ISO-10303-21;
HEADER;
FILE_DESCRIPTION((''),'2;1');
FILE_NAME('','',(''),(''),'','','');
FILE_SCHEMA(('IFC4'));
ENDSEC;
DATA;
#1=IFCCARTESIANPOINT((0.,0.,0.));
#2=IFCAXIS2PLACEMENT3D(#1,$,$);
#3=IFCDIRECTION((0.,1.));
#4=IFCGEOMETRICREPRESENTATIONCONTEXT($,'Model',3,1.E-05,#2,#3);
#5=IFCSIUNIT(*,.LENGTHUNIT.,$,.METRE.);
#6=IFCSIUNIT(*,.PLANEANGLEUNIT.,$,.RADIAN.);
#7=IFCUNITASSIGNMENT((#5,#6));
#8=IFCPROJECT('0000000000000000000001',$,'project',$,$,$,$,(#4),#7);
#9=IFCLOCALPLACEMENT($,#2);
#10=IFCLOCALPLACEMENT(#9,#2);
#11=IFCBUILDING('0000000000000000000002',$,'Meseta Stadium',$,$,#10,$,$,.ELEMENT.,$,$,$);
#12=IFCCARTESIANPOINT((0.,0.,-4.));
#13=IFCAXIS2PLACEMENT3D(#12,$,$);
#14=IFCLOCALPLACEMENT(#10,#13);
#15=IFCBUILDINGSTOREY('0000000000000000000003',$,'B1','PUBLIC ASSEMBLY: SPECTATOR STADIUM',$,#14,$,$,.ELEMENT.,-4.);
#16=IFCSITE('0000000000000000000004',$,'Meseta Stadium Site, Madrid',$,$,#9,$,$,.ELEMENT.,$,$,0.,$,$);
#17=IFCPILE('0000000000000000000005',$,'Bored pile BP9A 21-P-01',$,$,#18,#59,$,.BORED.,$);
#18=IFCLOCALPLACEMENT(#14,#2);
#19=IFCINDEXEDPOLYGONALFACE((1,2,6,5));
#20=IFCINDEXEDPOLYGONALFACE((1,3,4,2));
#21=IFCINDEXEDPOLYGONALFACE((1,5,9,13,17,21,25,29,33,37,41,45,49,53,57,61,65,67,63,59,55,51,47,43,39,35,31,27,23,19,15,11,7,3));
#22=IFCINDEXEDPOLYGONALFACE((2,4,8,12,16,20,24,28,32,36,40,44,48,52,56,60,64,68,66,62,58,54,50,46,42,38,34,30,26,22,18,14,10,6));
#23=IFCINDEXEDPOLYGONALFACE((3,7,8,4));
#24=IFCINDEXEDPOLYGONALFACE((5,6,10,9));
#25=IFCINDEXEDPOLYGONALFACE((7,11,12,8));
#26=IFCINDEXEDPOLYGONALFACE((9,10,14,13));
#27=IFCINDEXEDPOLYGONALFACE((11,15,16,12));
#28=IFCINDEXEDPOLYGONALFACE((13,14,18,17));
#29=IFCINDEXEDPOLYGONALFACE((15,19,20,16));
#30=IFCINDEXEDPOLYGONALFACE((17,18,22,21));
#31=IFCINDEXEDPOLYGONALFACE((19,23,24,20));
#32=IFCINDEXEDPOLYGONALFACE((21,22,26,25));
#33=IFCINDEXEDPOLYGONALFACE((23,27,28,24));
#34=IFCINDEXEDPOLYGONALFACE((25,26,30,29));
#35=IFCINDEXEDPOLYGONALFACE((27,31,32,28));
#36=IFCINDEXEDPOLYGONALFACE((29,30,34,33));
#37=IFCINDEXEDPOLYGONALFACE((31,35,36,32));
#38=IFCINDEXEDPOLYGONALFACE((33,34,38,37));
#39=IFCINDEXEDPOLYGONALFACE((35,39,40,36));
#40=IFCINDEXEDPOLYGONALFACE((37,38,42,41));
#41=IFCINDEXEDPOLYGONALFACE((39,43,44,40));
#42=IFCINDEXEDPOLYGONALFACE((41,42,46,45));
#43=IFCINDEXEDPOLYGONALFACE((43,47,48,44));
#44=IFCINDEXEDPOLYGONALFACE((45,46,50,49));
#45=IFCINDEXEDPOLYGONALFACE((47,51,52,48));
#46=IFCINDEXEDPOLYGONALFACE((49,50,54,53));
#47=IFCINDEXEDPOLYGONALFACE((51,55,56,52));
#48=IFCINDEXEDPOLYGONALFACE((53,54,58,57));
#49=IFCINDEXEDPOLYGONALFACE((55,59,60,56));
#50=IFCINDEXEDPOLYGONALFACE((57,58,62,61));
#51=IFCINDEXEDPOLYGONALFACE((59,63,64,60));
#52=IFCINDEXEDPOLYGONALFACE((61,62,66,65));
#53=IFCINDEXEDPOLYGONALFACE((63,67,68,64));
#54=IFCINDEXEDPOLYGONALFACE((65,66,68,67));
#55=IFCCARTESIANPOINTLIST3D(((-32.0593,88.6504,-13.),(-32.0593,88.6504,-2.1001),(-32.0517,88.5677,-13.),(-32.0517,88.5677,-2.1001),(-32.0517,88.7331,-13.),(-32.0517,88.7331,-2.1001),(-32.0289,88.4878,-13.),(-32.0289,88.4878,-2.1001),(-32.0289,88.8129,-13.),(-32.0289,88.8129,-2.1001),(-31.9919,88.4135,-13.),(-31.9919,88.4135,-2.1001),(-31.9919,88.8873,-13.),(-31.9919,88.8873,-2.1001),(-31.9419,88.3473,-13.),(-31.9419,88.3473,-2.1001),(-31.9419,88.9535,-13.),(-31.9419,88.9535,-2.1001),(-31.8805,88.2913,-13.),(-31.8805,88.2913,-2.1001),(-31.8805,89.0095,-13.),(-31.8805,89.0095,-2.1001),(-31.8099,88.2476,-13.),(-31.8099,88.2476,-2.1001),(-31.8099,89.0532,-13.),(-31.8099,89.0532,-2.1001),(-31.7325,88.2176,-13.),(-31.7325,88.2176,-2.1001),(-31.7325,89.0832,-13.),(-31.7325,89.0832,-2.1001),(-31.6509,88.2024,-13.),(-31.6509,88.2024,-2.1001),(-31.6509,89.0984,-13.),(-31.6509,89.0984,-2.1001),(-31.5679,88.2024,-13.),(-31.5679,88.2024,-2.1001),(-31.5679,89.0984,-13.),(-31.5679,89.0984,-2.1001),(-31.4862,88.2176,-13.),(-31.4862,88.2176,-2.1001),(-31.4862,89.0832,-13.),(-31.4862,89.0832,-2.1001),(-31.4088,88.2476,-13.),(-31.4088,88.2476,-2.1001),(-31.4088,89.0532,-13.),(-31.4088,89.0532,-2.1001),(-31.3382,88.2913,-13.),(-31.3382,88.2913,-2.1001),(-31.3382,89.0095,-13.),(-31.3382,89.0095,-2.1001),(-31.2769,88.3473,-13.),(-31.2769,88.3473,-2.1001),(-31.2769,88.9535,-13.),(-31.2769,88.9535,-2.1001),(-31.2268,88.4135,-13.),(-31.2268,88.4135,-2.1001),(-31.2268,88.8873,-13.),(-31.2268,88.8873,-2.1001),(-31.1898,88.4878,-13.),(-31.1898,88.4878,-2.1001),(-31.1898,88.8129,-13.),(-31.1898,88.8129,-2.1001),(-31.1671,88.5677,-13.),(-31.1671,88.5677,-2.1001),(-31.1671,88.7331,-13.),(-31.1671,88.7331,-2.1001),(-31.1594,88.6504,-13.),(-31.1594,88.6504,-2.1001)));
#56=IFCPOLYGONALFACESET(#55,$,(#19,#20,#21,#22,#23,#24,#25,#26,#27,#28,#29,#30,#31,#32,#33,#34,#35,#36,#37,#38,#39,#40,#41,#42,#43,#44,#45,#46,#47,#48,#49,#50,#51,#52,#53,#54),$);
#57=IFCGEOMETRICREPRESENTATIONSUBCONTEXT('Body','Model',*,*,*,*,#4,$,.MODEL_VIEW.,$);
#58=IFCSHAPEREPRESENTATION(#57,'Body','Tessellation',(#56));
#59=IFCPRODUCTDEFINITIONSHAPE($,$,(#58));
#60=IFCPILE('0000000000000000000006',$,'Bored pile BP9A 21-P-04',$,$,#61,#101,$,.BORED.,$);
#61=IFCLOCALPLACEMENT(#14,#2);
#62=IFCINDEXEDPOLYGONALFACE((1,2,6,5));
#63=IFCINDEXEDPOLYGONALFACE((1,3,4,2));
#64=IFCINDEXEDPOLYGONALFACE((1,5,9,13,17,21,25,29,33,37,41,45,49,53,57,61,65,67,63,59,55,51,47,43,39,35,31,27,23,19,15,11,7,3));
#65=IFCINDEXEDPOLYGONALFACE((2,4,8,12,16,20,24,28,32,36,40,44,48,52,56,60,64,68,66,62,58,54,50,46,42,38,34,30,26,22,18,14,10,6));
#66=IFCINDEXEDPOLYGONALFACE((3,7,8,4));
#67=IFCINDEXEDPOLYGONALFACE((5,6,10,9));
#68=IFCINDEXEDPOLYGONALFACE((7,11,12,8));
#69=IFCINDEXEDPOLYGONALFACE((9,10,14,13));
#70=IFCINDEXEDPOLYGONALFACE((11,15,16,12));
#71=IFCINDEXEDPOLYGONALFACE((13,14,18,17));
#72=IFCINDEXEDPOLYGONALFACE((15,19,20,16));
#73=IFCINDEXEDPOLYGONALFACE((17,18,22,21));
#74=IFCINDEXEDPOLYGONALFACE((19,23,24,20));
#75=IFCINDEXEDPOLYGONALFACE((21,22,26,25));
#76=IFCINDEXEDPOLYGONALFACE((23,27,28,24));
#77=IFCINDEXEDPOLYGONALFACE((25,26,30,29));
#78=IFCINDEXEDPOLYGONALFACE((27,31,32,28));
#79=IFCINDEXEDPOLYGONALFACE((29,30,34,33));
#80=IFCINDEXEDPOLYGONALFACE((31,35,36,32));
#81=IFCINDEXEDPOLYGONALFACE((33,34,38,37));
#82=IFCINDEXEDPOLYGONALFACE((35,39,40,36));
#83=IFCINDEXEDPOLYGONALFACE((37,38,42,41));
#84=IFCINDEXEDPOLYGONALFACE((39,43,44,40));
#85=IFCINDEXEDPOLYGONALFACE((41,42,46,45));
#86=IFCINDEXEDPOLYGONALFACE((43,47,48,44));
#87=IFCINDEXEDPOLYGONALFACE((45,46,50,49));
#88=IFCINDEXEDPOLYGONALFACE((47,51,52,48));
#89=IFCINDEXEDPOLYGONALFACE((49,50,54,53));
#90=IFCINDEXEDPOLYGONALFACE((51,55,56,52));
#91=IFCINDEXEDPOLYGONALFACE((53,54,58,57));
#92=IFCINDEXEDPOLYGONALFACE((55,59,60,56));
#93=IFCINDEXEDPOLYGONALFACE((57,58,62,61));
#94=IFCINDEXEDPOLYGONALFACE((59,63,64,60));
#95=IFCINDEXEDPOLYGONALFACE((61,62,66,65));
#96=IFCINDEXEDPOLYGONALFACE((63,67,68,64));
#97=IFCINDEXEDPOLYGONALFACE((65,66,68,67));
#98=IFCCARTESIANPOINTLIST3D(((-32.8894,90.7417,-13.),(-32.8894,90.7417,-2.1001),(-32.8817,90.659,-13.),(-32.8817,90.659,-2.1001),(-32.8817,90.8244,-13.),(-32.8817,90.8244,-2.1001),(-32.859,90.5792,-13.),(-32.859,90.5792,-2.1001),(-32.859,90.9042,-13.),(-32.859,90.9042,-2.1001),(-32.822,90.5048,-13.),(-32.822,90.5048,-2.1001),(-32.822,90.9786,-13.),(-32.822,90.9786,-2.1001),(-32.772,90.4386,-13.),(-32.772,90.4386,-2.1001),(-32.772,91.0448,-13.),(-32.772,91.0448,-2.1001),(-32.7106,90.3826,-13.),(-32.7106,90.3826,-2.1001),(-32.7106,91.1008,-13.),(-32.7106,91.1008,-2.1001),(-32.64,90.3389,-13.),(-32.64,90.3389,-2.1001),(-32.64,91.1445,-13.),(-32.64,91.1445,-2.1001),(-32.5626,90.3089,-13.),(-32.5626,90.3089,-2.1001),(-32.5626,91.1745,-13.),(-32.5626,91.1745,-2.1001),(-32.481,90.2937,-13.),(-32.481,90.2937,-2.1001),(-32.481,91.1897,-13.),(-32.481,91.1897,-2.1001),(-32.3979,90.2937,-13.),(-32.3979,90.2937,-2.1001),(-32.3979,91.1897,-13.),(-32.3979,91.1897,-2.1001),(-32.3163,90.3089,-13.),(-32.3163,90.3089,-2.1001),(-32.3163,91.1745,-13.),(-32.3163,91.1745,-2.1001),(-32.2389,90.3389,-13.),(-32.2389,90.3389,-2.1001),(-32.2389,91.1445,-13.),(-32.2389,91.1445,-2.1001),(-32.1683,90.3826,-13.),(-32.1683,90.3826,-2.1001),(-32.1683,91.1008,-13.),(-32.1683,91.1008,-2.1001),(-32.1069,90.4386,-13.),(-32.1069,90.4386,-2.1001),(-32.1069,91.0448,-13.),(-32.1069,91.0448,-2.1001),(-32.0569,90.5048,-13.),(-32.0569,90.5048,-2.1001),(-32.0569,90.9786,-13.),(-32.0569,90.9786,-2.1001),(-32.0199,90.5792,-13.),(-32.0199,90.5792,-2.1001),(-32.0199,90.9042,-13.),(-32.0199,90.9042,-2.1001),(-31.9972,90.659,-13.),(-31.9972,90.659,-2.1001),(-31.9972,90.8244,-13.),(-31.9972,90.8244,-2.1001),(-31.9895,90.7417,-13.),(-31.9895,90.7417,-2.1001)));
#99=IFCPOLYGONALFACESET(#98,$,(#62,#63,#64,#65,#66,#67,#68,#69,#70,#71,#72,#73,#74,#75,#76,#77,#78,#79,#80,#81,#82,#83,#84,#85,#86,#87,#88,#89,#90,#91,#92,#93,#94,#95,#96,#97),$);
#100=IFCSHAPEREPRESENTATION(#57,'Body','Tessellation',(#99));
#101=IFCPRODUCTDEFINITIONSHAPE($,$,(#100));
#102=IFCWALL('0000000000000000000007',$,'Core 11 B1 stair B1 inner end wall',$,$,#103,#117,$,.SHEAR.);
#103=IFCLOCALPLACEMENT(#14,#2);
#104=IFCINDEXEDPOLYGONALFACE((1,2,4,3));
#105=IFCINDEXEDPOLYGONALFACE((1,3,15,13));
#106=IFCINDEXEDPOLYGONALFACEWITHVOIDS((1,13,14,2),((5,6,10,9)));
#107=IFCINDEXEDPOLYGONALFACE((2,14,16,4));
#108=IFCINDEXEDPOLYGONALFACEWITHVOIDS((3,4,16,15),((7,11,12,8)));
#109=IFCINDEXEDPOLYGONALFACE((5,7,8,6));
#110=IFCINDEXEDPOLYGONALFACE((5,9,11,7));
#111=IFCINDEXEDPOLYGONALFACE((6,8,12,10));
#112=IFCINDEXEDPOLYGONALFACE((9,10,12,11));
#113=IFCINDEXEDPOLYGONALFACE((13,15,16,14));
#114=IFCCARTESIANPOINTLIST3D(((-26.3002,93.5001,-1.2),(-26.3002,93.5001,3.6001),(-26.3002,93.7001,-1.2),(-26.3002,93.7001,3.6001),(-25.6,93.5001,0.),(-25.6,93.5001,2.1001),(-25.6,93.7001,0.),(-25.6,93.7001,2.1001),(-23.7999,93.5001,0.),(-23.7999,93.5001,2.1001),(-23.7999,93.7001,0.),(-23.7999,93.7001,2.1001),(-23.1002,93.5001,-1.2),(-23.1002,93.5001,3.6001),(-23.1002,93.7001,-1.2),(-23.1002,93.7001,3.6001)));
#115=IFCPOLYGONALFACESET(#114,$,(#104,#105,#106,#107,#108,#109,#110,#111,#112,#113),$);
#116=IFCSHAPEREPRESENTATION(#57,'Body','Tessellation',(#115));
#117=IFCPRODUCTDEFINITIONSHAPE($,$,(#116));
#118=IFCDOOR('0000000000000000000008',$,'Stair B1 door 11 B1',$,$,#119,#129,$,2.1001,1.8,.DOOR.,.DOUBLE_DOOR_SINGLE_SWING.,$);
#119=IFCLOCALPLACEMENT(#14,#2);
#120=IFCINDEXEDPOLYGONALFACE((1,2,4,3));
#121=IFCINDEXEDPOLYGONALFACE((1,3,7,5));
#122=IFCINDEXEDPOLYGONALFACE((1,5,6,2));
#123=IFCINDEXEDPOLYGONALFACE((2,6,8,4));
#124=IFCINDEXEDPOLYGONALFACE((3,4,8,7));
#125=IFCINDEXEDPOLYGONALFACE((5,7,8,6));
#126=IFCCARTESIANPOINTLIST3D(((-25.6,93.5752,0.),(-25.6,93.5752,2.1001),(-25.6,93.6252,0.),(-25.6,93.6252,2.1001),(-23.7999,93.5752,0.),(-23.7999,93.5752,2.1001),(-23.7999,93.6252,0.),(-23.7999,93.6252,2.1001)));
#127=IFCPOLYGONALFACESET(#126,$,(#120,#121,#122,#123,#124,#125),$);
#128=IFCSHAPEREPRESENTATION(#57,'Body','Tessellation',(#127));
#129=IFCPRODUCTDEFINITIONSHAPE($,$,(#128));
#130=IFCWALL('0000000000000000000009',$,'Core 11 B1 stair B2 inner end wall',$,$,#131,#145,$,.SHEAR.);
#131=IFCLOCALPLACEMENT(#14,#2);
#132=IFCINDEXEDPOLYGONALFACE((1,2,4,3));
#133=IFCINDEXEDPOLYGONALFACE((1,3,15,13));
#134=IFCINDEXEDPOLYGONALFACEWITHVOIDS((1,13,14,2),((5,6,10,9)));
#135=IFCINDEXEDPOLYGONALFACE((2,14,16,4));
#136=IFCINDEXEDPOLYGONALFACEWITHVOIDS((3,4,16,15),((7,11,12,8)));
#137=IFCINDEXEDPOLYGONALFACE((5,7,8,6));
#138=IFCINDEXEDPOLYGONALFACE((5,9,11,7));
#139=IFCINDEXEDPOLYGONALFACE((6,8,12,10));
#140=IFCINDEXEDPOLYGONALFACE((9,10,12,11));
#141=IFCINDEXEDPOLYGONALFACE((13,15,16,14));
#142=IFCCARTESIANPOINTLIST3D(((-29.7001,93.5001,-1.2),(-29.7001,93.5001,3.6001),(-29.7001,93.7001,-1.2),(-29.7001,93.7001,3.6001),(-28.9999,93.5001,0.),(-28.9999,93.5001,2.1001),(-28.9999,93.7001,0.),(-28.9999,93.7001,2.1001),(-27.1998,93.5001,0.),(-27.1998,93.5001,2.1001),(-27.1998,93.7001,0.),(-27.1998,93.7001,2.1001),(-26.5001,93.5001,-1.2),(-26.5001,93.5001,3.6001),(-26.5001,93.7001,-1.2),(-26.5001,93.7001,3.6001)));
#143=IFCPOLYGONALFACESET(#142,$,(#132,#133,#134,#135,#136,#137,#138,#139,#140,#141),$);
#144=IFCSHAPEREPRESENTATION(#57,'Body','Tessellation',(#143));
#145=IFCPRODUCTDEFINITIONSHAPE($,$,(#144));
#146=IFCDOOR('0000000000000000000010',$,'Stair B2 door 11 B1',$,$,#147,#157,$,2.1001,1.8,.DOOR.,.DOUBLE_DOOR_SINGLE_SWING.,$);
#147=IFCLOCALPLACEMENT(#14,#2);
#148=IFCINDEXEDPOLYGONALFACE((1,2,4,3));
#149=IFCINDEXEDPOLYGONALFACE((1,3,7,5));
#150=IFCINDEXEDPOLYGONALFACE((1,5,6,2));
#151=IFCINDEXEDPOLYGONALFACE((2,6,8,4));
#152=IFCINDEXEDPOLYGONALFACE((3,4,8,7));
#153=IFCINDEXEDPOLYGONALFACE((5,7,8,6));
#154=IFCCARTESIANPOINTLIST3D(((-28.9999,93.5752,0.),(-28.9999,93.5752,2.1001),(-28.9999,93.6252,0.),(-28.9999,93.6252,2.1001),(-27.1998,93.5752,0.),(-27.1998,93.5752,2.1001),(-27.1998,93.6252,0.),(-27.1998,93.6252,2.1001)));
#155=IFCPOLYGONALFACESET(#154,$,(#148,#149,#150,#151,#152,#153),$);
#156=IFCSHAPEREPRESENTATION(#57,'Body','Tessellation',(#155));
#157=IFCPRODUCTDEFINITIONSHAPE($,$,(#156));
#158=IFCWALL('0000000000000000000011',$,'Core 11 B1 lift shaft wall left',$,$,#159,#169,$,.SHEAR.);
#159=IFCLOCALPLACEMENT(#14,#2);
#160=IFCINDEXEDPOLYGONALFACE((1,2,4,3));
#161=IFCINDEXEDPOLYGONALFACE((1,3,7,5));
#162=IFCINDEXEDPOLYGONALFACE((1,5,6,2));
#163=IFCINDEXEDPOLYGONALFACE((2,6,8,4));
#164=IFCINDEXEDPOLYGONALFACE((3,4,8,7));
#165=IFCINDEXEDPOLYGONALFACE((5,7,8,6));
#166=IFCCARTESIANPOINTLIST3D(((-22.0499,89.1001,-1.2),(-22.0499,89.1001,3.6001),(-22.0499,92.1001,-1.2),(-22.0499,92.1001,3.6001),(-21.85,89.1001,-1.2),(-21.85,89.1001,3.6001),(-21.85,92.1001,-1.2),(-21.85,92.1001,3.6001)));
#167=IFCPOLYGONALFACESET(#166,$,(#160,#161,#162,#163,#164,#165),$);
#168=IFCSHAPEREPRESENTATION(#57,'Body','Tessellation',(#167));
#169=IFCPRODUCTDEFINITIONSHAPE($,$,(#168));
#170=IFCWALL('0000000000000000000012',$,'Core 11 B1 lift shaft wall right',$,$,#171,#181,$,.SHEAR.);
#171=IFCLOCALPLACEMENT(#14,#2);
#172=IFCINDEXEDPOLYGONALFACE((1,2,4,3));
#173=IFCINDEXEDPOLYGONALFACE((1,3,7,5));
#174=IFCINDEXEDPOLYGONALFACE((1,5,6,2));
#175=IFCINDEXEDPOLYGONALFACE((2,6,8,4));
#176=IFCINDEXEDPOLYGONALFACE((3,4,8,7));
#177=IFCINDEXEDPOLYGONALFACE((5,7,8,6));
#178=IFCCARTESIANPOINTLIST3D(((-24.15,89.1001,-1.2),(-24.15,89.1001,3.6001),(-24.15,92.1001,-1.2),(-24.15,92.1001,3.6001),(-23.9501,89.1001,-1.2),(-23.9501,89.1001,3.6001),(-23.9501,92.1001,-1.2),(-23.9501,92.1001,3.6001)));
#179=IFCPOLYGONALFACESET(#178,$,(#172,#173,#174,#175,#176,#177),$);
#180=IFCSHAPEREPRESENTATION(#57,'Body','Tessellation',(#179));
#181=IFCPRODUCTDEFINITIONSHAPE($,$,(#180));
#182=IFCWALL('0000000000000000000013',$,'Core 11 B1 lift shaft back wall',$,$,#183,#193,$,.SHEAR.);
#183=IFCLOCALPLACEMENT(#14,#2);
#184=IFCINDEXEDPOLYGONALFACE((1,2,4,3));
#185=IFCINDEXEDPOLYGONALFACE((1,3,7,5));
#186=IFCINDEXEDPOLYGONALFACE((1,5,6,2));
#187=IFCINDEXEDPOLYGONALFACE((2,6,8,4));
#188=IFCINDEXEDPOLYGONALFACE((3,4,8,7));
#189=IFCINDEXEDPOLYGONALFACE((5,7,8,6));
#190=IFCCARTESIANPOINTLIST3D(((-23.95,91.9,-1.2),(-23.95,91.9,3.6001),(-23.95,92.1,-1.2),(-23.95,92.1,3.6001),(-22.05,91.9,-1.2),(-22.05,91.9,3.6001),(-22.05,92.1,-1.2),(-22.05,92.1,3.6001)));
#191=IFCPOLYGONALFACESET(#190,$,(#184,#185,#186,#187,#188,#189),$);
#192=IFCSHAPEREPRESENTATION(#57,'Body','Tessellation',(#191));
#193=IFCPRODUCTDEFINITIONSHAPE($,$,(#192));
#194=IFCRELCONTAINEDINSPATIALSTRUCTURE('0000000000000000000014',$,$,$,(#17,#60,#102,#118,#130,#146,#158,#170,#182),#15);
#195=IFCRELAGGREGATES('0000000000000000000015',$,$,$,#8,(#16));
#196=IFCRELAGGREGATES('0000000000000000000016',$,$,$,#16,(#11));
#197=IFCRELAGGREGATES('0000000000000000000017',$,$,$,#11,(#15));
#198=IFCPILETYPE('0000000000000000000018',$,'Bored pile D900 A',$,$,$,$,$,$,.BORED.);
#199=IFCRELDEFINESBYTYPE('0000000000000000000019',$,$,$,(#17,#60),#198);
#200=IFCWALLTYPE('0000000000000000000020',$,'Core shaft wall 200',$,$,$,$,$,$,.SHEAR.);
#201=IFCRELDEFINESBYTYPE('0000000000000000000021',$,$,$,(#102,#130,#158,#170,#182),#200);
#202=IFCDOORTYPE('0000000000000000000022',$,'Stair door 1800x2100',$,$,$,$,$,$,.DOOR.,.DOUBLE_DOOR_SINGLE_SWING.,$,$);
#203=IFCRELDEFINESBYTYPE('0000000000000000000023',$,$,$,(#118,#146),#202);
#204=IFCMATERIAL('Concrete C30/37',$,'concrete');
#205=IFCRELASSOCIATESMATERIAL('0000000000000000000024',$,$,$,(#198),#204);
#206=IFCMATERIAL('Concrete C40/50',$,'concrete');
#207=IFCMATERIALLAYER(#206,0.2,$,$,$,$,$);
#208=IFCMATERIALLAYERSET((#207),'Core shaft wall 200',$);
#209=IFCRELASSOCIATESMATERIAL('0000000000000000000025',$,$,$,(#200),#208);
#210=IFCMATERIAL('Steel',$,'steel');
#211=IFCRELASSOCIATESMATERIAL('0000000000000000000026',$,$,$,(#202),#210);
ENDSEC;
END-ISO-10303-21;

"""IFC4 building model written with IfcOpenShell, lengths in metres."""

from ifc_helpers import new_model, si_unit, direction, frame, frame_2d, origin, origin_2d, place, context, subcontext, project, spatial, rectangle, circle, extrude, material, layer, layer_set, material_profile, profile_set, type_object, element, fill, save


model = new_model("IFC4")

# Units and contexts
model_context = context("Model", 3, precision=1e-05, world=origin(), true_north=direction((0.0, 1.0)))
body_context = subcontext(model_context, "Body", "Model", "MODEL_VIEW")
ifc_project = project(units=[si_unit("LENGTHUNIT", "METRE"), si_unit("PLANEANGLEUNIT", "RADIAN")], contexts=[model_context])

# Site, building, storey
site_placement = place(None, origin())
site = spatial("IfcSite", under=ifc_project, at=site_placement, Name="Meseta Stadium Site, Madrid", CompositionType="ELEMENT", RefElevation=0.0)
building_placement = place(site_placement, origin())
building = spatial("IfcBuilding", under=site, at=building_placement, Name="Meseta Stadium", CompositionType="ELEMENT")
storey_placement = place(building_placement, frame((0.0, 0.0, -4.0)))
storey = spatial("IfcBuildingStorey", under=building, at=storey_placement, Name="B1", Description="PUBLIC ASSEMBLY: SPECTATOR STADIUM", CompositionType="ELEMENT", Elevation=-4.0)

# Piles
ifc_material_1 = material(Name="Concrete C30/37", Category="concrete")
ifc_material_profile = material_profile(ifc_material_1, circle(Radius=0.45, at=origin_2d()), Name="D900")
ifc_profile_set = profile_set([ifc_material_profile], Name="Concrete C30/37")
pile_type = type_object("IfcPileType", Name="Bored pile D900 A", PredefinedType="BORED", material=ifc_profile_set)
for number, where, z_axis, x_axis, name in (
    (1, (-31.6094, 88.6504, -2.1001), (0.0, 0.0, -1.0), (1.0, 0.0, 0.0), "Bored pile BP9A 21-P-01"),
    (2, (-32.4395, 90.7417, -2.1001), (0.0, 0.0, -1.0), (1.0, 0.0, 0.0), "Bored pile BP9A 21-P-04"),
):
    element("IfcPile", number, at=place(storey_placement, frame(where, z_axis=z_axis, x_axis=x_axis)), inside=storey, type_object=pile_type, Name=name, PredefinedType="BORED", context=body_context, shape_type="SweptSolid", body=[
        extrude(circle(Radius=0.45, at=origin_2d()), origin(), (0.0, 0.0, 1.0), 10.8999),
    ])

# Walls, openings, doors
ifc_material_2 = material(Name="Concrete C40/50", Category="concrete")
ifc_layer_1 = layer(ifc_material_2, 0.2)
ifc_layer_set_1 = layer_set([ifc_layer_1], Name="Core shaft wall 200")
wall_type_1 = type_object("IfcWallType", Name="Core shaft wall 200", PredefinedType="SHEAR", material=ifc_layer_set_1)
wall_1_placement = place(storey_placement, frame((-23.1001, 93.6001, -1.2), z_axis=(0.0, 0.0, 1.0), x_axis=(-1.0, 0.0, 0.0)))
wall_1 = element("IfcWall", 3, at=wall_1_placement, inside=storey, type_object=wall_type_1, Name="Core 11 B1 stair B1 inner end wall", PredefinedType="SHEAR", context=body_context, shape_type="SweptSolid", body=[
    extrude(rectangle(XDim=3.2, YDim=0.2, at=frame_2d((1.6001, 0.0))), origin(), (0.0, 0.0, 1.0), 4.8),
])
opening_1_placement = place(wall_1_placement, frame((0.7, 0.0, 1.2)))
opening_1 = element("IfcOpeningElement", 4, at=opening_1_placement, cuts=wall_1, PredefinedType="OPENING", context=body_context, shape_type="SweptSolid", body=[
    extrude(rectangle(XDim=1.8, YDim=2.1001, at=frame_2d((0.8999, 1.05))), frame((0.0, 0.1099, 0.0), z_axis=(0.0, -1.0, 0.0), x_axis=(1.0, 0.0, 0.0)), (0.0, 0.0, 1.0), 0.22),
])
ifc_material_3 = material(Name="Steel", Category="steel")
door_type_1 = type_object("IfcDoorType", Name="Stair door 1800x2100", OperationType="DOUBLE_DOOR_SINGLE_SWING", PredefinedType="DOOR", material=ifc_material_3)
door_1_placement = place(opening_1_placement, origin())
door_1 = element("IfcDoor", 5, at=door_1_placement, inside=storey, type_object=door_type_1, Name="Stair B1 door 11 B1", OperationType="DOUBLE_DOOR_SINGLE_SWING", OverallHeight=2.1001, OverallWidth=1.8, PredefinedType="DOOR", context=body_context, shape_type="SweptSolid", body=[
    extrude(rectangle(XDim=1.8, YDim=2.1001, at=frame_2d((0.8999, 1.05))), frame((0.0, 0.0249, 0.0), z_axis=(0.0, -1.0, 0.0), x_axis=(1.0, 0.0, 0.0)), (0.0, 0.0, 1.0), 0.05),
])
fill(opening_1, door_1)
wall_2_placement = place(storey_placement, frame((-26.5, 93.6001, -1.2), z_axis=(0.0, 0.0, 1.0), x_axis=(-1.0, 0.0, 0.0)))
wall_2 = element("IfcWall", 6, at=wall_2_placement, inside=storey, type_object=wall_type_1, Name="Core 11 B1 stair B2 inner end wall", PredefinedType="SHEAR", context=body_context, shape_type="SweptSolid", body=[
    extrude(rectangle(XDim=3.2, YDim=0.2, at=frame_2d((1.6001, 0.0))), origin(), (0.0, 0.0, 1.0), 4.8),
])
opening_2_placement = place(wall_2_placement, frame((0.7, 0.0, 1.2)))
opening_2 = element("IfcOpeningElement", 7, at=opening_2_placement, cuts=wall_2, PredefinedType="OPENING", context=body_context, shape_type="SweptSolid", body=[
    extrude(rectangle(XDim=1.8, YDim=2.1001, at=frame_2d((0.8999, 1.05))), frame((0.0, 0.1099, 0.0), z_axis=(0.0, -1.0, 0.0), x_axis=(1.0, 0.0, 0.0)), (0.0, 0.0, 1.0), 0.22),
])
door_2_placement = place(opening_2_placement, origin())
door_2 = element("IfcDoor", 8, at=door_2_placement, inside=storey, type_object=door_type_1, Name="Stair B2 door 11 B1", OperationType="DOUBLE_DOOR_SINGLE_SWING", OverallHeight=2.1001, OverallWidth=1.8, PredefinedType="DOOR", context=body_context, shape_type="SweptSolid", body=[
    extrude(rectangle(XDim=1.8, YDim=2.1001, at=frame_2d((0.8999, 1.05))), frame((0.0, 0.0249, 0.0), z_axis=(0.0, -1.0, 0.0), x_axis=(1.0, 0.0, 0.0)), (0.0, 0.0, 1.0), 0.05),
])
fill(opening_2, door_2)

# Walls
for number, where, z_axis, x_axis, name in (
    (9, (-21.95, 92.1001, -1.2), (0.0, 0.0, 1.0), (0.0, -1.0, 0.0), "Core 11 B1 lift shaft wall left"),
    (10, (-24.05, 92.1001, -1.2), (0.0, 0.0, 1.0), (0.0, -1.0, 0.0), "Core 11 B1 lift shaft wall right"),
):
    element("IfcWall", number, at=place(storey_placement, frame(where, z_axis=z_axis, x_axis=x_axis)), inside=storey, type_object=wall_type_1, Name=name, PredefinedType="SHEAR", context=body_context, shape_type="SweptSolid", body=[
        extrude(rectangle(XDim=3.0, YDim=0.2, at=frame_2d((1.5, 0.0))), origin(), (0.0, 0.0, 1.0), 4.8),
    ])
wall_3_placement = place(storey_placement, frame((-22.05, 92.0, -1.2), z_axis=(0.0, 0.0, 1.0), x_axis=(-1.0, 0.0, 0.0)))
element("IfcWall", 11, at=wall_3_placement, inside=storey, type_object=wall_type_1, Name="Core 11 B1 lift shaft back wall", PredefinedType="SHEAR", context=body_context, shape_type="SweptSolid", body=[
    extrude(rectangle(XDim=1.8999, YDim=0.2, at=frame_2d((0.95, 0.0))), origin(), (0.0, 0.0, 1.0), 4.8),
])

save(model, "model.ifc")
